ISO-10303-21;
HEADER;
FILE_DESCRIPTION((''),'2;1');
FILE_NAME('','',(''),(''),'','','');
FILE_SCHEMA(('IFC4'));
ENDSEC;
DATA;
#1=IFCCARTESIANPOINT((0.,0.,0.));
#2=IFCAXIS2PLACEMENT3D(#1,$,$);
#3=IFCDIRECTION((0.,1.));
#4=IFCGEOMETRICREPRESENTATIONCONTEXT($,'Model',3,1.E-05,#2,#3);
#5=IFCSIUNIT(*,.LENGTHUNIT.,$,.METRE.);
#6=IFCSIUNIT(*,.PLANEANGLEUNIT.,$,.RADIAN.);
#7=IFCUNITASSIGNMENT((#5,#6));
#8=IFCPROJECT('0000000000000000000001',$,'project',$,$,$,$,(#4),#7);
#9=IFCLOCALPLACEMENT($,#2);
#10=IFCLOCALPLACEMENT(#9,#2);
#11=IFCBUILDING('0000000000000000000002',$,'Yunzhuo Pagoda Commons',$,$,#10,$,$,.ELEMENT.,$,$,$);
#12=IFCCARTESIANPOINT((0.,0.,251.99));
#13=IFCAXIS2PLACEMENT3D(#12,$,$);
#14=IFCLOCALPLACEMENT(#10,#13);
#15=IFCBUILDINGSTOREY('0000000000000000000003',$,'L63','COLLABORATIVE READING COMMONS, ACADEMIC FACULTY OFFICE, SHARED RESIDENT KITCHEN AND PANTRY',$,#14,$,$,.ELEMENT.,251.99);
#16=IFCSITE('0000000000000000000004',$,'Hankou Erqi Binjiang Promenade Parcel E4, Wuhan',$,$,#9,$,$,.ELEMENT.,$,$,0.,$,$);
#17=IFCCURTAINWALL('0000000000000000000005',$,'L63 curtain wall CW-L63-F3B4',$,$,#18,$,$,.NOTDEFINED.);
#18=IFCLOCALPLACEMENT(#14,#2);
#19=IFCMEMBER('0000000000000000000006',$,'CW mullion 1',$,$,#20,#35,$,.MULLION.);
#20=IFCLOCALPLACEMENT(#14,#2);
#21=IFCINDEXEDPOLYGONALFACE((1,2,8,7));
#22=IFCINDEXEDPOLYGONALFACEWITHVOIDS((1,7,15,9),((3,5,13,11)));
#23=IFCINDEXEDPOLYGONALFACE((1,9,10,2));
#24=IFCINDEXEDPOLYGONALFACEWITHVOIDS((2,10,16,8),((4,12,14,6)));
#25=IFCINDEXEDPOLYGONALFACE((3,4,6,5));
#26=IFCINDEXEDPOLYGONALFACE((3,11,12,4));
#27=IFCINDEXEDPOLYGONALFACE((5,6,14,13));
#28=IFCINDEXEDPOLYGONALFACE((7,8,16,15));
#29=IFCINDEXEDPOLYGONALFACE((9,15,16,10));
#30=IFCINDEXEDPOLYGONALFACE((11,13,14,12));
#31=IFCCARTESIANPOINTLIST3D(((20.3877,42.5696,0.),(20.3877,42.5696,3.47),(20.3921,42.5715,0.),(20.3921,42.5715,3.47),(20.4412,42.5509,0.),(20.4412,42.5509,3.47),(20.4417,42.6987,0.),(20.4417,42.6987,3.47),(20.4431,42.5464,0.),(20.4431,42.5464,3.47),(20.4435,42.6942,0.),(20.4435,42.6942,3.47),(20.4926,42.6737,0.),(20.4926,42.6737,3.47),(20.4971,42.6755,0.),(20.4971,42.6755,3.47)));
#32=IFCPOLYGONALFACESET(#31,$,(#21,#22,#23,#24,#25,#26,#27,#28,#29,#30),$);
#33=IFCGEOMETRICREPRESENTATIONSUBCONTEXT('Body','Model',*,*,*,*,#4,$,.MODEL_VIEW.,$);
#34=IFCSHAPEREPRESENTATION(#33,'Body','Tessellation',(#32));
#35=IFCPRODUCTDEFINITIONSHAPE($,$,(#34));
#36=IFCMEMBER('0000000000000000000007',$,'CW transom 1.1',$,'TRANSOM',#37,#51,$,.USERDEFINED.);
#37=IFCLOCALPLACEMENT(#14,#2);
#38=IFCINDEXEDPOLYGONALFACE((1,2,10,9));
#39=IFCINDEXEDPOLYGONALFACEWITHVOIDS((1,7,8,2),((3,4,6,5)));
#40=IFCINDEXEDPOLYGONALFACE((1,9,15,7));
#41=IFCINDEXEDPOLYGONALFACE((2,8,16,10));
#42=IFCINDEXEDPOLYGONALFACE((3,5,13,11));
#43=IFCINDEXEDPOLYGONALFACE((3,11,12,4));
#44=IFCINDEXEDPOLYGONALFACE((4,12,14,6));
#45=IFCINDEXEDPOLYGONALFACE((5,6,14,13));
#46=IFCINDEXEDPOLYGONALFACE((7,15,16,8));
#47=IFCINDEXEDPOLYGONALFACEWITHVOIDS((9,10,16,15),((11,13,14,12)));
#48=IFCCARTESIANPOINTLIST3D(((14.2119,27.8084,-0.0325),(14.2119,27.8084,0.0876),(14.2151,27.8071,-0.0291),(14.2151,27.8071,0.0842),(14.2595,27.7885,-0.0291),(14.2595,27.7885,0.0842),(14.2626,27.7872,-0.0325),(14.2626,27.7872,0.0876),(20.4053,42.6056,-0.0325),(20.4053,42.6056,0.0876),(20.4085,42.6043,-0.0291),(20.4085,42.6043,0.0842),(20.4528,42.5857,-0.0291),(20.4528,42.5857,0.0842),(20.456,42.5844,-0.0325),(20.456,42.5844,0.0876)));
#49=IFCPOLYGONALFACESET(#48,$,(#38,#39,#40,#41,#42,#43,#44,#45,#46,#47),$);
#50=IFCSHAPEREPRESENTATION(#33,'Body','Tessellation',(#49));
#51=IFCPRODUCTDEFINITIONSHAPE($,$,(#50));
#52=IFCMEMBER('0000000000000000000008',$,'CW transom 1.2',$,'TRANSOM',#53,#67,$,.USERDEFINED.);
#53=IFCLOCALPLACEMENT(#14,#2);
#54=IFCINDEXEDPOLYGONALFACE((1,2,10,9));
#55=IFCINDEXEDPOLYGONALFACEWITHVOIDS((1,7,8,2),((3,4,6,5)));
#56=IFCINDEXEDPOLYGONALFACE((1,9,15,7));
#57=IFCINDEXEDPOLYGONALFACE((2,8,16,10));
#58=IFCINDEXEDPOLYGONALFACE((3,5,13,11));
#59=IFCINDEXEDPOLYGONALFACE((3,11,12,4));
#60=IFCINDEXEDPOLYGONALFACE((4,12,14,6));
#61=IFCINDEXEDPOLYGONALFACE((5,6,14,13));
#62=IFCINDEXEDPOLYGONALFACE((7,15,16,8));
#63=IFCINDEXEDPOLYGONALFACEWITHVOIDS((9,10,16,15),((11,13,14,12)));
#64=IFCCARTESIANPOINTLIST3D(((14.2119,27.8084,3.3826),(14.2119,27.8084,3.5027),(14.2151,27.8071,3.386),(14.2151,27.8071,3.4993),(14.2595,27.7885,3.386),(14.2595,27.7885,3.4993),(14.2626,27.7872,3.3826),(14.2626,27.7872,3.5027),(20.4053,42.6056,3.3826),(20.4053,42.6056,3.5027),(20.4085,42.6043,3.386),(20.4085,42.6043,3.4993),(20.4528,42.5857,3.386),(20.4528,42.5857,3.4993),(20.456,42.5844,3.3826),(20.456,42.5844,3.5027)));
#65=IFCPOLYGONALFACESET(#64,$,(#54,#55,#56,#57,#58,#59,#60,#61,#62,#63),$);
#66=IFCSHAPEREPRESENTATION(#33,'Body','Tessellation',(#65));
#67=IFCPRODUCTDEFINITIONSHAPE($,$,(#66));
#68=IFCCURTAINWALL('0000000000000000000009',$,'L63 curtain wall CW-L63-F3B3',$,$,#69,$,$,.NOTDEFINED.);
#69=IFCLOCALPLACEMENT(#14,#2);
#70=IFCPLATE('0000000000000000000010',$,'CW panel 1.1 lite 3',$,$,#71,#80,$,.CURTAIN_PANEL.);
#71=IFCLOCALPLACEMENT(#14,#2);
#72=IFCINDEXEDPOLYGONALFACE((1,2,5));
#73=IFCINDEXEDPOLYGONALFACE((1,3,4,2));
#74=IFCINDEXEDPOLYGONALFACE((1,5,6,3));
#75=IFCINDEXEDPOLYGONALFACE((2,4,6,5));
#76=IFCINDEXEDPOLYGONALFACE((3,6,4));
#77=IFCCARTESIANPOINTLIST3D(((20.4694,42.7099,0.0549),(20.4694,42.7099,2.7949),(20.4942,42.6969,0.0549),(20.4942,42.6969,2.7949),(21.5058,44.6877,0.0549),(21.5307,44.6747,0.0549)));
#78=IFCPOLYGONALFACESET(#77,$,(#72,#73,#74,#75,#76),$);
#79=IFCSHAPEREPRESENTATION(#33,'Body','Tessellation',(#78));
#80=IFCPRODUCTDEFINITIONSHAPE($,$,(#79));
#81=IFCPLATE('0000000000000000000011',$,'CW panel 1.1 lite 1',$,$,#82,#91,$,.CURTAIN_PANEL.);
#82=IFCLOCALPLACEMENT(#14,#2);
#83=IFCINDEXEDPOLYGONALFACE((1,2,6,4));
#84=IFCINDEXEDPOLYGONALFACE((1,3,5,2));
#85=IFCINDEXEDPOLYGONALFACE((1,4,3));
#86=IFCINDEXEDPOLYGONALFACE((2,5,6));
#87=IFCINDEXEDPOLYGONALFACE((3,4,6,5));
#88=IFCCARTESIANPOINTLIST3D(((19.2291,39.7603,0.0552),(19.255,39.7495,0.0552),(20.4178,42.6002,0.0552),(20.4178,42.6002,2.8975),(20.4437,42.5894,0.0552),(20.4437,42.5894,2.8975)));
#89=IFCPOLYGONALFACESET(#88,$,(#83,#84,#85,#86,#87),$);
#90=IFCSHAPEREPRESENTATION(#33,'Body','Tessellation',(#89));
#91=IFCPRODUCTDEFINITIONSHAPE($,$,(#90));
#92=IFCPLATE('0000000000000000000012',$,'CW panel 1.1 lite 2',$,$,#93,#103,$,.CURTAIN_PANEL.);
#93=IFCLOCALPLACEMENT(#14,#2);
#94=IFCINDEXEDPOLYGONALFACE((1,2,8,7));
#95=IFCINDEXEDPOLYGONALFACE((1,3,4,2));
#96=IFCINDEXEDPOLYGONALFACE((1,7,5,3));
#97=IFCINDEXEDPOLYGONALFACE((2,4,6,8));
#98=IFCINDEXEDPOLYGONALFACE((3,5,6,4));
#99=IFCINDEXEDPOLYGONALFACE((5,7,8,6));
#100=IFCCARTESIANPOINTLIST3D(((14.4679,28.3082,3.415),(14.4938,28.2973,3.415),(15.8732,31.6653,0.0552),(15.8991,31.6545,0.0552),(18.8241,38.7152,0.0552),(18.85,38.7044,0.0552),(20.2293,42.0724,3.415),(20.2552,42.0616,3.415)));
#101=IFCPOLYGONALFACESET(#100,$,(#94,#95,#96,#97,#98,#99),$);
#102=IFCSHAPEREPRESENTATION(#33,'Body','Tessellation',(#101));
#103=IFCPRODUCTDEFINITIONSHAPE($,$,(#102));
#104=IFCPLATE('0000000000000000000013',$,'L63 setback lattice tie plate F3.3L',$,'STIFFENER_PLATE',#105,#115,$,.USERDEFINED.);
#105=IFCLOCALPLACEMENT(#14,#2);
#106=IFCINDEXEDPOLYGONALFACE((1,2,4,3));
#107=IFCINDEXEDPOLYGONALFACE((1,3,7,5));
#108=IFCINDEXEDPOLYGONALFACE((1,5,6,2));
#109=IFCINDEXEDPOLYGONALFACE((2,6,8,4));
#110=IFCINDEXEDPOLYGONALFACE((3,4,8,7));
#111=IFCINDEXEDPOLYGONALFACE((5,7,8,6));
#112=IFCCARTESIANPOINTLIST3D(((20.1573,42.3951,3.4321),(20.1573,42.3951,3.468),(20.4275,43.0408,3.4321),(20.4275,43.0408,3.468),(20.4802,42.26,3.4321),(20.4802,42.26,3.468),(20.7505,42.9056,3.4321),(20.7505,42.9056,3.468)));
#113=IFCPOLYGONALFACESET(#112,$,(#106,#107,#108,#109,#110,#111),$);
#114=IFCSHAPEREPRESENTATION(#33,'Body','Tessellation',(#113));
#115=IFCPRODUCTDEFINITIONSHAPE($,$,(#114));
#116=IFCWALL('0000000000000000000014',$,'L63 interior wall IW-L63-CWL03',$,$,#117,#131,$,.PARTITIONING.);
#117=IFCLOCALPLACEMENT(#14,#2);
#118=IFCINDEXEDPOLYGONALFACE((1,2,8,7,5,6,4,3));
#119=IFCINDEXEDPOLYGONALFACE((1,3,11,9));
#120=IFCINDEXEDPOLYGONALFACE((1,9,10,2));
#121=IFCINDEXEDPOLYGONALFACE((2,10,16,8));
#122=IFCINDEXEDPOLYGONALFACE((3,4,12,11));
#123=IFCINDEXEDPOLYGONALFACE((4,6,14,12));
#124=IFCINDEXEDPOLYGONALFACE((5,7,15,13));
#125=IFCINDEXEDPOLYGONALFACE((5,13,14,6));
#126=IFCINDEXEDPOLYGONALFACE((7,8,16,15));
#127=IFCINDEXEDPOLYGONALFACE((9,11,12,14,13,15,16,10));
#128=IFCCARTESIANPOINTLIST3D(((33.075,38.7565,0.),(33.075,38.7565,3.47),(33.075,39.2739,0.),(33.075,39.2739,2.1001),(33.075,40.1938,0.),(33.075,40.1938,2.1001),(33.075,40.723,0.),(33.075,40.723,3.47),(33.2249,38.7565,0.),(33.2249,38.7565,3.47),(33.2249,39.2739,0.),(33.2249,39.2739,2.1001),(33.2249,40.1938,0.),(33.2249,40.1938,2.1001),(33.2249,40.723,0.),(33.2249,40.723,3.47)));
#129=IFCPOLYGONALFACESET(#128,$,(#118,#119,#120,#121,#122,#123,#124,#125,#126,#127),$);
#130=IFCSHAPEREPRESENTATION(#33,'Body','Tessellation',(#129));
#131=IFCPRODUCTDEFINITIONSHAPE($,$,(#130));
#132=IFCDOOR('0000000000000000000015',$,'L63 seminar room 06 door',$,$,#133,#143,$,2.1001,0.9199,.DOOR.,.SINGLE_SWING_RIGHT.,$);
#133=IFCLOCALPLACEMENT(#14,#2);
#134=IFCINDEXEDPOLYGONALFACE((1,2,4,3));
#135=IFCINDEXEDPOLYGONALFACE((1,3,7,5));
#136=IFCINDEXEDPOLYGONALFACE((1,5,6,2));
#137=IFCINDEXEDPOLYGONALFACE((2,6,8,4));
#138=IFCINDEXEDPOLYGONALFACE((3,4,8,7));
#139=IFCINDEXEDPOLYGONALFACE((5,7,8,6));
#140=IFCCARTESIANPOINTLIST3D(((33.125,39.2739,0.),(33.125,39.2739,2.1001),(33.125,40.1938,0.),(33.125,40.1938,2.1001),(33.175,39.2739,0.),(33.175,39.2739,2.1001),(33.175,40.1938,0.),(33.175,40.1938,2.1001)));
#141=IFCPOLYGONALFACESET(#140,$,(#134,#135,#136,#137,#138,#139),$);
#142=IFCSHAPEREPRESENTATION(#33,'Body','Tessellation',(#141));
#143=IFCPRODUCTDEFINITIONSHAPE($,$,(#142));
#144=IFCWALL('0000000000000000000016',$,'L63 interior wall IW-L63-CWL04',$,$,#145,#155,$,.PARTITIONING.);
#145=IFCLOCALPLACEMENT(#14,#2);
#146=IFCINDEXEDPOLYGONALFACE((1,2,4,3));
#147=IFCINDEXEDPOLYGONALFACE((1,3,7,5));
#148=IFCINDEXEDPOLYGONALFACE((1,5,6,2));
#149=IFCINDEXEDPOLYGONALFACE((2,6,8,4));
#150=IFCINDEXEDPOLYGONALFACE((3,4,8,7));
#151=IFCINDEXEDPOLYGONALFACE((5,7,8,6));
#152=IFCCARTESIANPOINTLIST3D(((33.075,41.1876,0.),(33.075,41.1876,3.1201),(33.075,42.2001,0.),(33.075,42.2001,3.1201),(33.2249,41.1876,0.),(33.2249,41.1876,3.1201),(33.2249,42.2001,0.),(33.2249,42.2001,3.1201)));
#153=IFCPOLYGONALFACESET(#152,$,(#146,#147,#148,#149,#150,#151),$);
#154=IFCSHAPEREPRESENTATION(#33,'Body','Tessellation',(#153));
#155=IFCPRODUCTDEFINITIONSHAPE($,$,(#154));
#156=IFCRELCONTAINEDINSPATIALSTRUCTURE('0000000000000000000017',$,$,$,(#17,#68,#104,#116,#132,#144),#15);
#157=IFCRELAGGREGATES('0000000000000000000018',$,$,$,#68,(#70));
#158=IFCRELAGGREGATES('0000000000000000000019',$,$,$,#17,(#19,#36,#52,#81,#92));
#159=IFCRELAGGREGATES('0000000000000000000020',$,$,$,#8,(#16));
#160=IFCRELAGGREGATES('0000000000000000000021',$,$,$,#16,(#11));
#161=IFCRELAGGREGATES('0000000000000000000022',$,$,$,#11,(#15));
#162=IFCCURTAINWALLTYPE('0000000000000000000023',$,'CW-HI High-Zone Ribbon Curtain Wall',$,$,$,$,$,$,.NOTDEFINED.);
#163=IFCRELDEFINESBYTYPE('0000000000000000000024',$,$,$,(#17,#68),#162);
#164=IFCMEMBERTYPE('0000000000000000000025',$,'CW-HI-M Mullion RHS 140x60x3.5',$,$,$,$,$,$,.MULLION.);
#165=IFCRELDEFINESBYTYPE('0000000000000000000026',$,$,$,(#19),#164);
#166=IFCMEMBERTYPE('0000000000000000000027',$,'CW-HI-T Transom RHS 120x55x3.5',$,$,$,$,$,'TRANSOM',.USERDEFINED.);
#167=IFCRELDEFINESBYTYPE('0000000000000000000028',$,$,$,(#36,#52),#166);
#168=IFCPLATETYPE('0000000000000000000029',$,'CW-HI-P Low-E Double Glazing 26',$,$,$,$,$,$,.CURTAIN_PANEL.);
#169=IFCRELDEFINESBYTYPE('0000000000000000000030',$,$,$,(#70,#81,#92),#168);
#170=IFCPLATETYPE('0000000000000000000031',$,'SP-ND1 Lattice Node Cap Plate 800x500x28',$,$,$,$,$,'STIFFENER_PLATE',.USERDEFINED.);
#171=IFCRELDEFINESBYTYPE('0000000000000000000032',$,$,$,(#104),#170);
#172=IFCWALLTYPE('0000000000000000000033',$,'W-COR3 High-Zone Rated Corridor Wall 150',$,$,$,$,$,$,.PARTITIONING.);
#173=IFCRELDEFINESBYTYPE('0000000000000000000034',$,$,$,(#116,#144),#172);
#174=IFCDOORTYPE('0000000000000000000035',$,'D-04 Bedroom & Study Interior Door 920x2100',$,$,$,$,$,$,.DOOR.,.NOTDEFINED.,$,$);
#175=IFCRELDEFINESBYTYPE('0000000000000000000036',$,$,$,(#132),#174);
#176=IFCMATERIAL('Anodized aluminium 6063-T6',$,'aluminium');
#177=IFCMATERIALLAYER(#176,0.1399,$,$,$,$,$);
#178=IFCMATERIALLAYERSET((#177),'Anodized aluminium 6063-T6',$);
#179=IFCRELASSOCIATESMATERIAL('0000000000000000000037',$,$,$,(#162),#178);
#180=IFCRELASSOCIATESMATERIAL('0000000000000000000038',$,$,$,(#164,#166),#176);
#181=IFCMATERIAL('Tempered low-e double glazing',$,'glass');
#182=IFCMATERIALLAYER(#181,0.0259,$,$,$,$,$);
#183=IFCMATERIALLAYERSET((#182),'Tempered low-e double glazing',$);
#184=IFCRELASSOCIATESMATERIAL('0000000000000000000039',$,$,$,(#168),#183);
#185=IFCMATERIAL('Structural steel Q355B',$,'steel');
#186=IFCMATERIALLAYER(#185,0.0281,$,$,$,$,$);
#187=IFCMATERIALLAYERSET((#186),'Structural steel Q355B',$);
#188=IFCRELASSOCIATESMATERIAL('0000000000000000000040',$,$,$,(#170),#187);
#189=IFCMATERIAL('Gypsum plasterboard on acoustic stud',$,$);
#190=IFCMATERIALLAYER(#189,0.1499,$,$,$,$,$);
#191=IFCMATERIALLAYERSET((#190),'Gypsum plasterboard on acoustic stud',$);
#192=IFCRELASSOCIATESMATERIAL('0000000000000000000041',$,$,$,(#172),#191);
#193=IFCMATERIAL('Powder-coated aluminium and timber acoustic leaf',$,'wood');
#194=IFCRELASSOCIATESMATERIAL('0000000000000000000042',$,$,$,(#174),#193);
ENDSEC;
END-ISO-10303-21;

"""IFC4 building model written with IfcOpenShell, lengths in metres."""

from ifc_helpers import new_model, si_unit, direction, frame, frame_2d, origin, origin_with_axes, origin_2d, place, context, subcontext, project, spatial, polyline, rectangle, hollow_rectangle, outline, extrude, source, transform, mapped, material, layer, layer_set, material_profile, profile_set, type_object, element, fill, aggregate, save


model = new_model("IFC4")

# Units and contexts
model_context = context("Model", 3, precision=1e-05, world=origin(), true_north=direction((0.0, 1.0)))
body_context = subcontext(model_context, "Body", "Model", "MODEL_VIEW")
ifc_project = project(units=[si_unit("LENGTHUNIT", "METRE"), si_unit("PLANEANGLEUNIT", "RADIAN")], contexts=[model_context])

# Site, building, storey
site_placement = place(None, origin())
site = spatial("IfcSite", under=ifc_project, at=site_placement, Name="Hankou Erqi Binjiang Promenade Parcel E4, Wuhan", CompositionType="ELEMENT", RefElevation=0.0)
building_placement = place(site_placement, origin())
building = spatial("IfcBuilding", under=site, at=building_placement, Name="Yunzhuo Pagoda Commons", CompositionType="ELEMENT")
storey_placement = place(building_placement, frame((0.0, 0.0, 251.99)))
storey = spatial("IfcBuildingStorey", under=building, at=storey_placement, Name="L63", Description="COLLABORATIVE READING COMMONS, ACADEMIC FACULTY OFFICE, SHARED RESIDENT KITCHEN AND PANTRY", CompositionType="ELEMENT", Elevation=251.99)

# Shared definitions
ifc_material_1 = material(Name="Structural steel Q355B", Category="steel")

# Curtain wall, members
ifc_material_2 = material(Name="Anodized aluminium 6063-T6", Category="aluminium")
ifc_layer_1 = layer(ifc_material_2, 0.1399)
ifc_layer_set_1 = layer_set([ifc_layer_1], Name="Anodized aluminium 6063-T6")
curtain_wall_type = type_object("IfcCurtainWallType", Name="CW-HI High-Zone Ribbon Curtain Wall", PredefinedType="NOTDEFINED", material=ifc_layer_set_1)
curtain_wall_1_placement = place(storey_placement, origin())
curtain_wall_1 = element("IfcCurtainWall", 1, at=curtain_wall_1_placement, inside=storey, type_object=curtain_wall_type, Name="L63 curtain wall CW-L63-F3B4", PredefinedType="NOTDEFINED")
ifc_material_profile_1 = material_profile(ifc_material_2, hollow_rectangle(XDim=0.0601, YDim=0.1399, WallThickness=0.0034, at=origin_2d()), Name="Anodized aluminium 6063-T6")
ifc_profile_set_1 = profile_set([ifc_material_profile_1], Name="Anodized aluminium 6063-T6")
member_type_1 = type_object("IfcMemberType", Name="CW-HI-M Mullion RHS 140x60x3.5", PredefinedType="MULLION", material=ifc_profile_set_1)
shared_shape_1 = source(origin(), body_context, "Body", "SweptSolid", [
    extrude(hollow_rectangle(XDim=0.0601, YDim=0.1399, WallThickness=0.0034, at=origin_2d()), origin(), (0.0, 0.0, 1.0), 3.47),
])
member_1_placement = place(storey_placement, frame((20.4424, 42.6226, 0.0), z_axis=(0.0, 0.0, 1.0), x_axis=(0.922451, -0.386115, 0.0)))
member_1 = element("IfcMember", 2, at=member_1_placement, type_object=member_type_1, Name="CW mullion 1", PredefinedType="MULLION", context=body_context, shape_type="MappedRepresentation", body=[
    mapped(shared_shape_1, transform((0.0, 0.0, 0.0), scale=1.0)),
])
ifc_material_profile_2 = material_profile(ifc_material_2, hollow_rectangle(XDim=0.0549, YDim=0.1201, WallThickness=0.0034, at=origin_2d()), Name="Anodized aluminium 6063-T6")
ifc_profile_set_2 = profile_set([ifc_material_profile_2], Name="Anodized aluminium 6063-T6")
member_type_2 = type_object("IfcMemberType", Name="CW-HI-T Transom RHS 120x55x3.5", ElementType="TRANSOM", PredefinedType="USERDEFINED", material=ifc_profile_set_2)
shared_shape_2 = source(origin(), body_context, "Body", "SweptSolid", [
    extrude(hollow_rectangle(XDim=0.0549, YDim=0.1201, WallThickness=0.0034, at=origin_2d()), origin(), (0.0, 0.0, 1.0), 16.041),
])
member_2_placement = place(storey_placement, frame((20.4307, 42.595, 0.0276), z_axis=(-0.386097, -0.922458, 0.0), x_axis=(0.922458, -0.386097, 0.0)))
member_2 = element("IfcMember", 3, at=member_2_placement, type_object=member_type_2, Name="CW transom 1.1", ObjectType="TRANSOM", PredefinedType="USERDEFINED", context=body_context, shape_type="MappedRepresentation", body=[
    mapped(shared_shape_2, transform((0.0, 0.0, 0.0), scale=1.0)),
])
member_3_placement = place(storey_placement, frame((20.4307, 42.595, 3.4426), z_axis=(-0.386097, -0.922458, 0.0), x_axis=(0.922458, -0.386097, 0.0)))
member_3 = element("IfcMember", 4, at=member_3_placement, type_object=member_type_2, Name="CW transom 1.2", ObjectType="TRANSOM", PredefinedType="USERDEFINED", context=body_context, shape_type="MappedRepresentation", body=[
    mapped(shared_shape_2, transform((0.0, 0.0, 0.0), scale=1.0)),
])

# Curtain wall, plate
curtain_wall_2_placement = place(storey_placement, origin())
curtain_wall_2 = element("IfcCurtainWall", 5, at=curtain_wall_2_placement, inside=storey, type_object=curtain_wall_type, Name="L63 curtain wall CW-L63-F3B3", PredefinedType="NOTDEFINED")
ifc_material_3 = material(Name="Tempered low-e double glazing", Category="glass")
ifc_layer_2 = layer(ifc_material_3, 0.0259)
ifc_layer_set_2 = layer_set([ifc_layer_2], Name="Tempered low-e double glazing")
plate_type_1 = type_object("IfcPlateType", Name="CW-HI-P Low-E Double Glazing 26", PredefinedType="CURTAIN_PANEL", material=ifc_layer_set_2)
plate_1_placement = place(storey_placement, frame((21.0125, 43.6858, 1.4248), z_axis=(-0.885743, 0.464176, 0.0), x_axis=(-0.464176, -0.885743, 0.0)))
plate_1 = element("IfcPlate", 6, at=plate_1_placement, type_object=plate_type_1, Name="CW panel 1.1 lite 3", PredefinedType="CURTAIN_PANEL", context=body_context, shape_type="SweptSolid", body=[
    extrude(outline(polyline([(-1.1165, -1.3699), (1.1165, -1.3699), (1.1165, 1.3701), (-1.1165, -1.3699)])), origin(), (0.0, 0.0, 1.0), 0.0281),
])
aggregate(curtain_wall_2, [plate_1])

# Plates
plate_2_placement = place(storey_placement, frame((19.8494, 41.1694, 1.4763), z_axis=(-0.922451, 0.386115, 0.0), x_axis=(-0.386115, -0.922451, 0.0)))
plate_2 = element("IfcPlate", 7, at=plate_2_placement, type_object=plate_type_1, Name="CW panel 1.1 lite 1", PredefinedType="CURTAIN_PANEL", context=body_context, shape_type="SweptSolid", body=[
    extrude(outline(polyline([(-1.5393, -1.4211), (1.5393, -1.4211), (-1.5393, 1.4211), (-1.5393, -1.4211)])), origin(), (0.0, 0.0, 1.0), 0.0281),
])
plate_3_placement = place(storey_placement, frame((17.3745, 35.1794, 1.7351), z_axis=(-0.922451, 0.386115, 0.0), x_axis=(-0.386115, -0.922451, 0.0)))
plate_3 = element("IfcPlate", 8, at=plate_3_placement, type_object=plate_type_1, Name="CW panel 1.1 lite 2", PredefinedType="CURTAIN_PANEL", context=body_context, shape_type="SweptSolid", body=[
    extrude(outline(polyline([(-7.4607, 1.6799), (-3.8213, -1.6799), (3.8213, -1.6799), (7.4607, 1.6799), (-7.4607, 1.6799)])), origin(), (0.0, 0.0, 1.0), 0.0281),
])
aggregate(curtain_wall_1, [member_1, member_2, member_3, plate_2, plate_3])
ifc_layer_3 = layer(ifc_material_1, 0.0281)
ifc_layer_set_3 = layer_set([ifc_layer_3], Name="Structural steel Q355B")
plate_type_2 = type_object("IfcPlateType", Name="SP-ND1 Lattice Node Cap Plate 800x500x28", ElementType="STIFFENER_PLATE", PredefinedType="USERDEFINED", material=ifc_layer_set_3)
shared_shape_3 = source(origin(), body_context, "Body", "SweptSolid", [
    extrude(rectangle(XDim=0.7, YDim=0.3501, at=origin_2d()), origin(), (0.0, 0.0, 1.0), 0.0359),
])
plate_4_placement = place(storey_placement, frame((20.4539, 42.6504, 3.4321), z_axis=(0.0, 0.0, 1.0), x_axis=(-0.386115, -0.922451, 0.0)))
element("IfcPlate", 9, at=plate_4_placement, inside=storey, type_object=plate_type_2, Name="L63 setback lattice tie plate F3.3L", ObjectType="STIFFENER_PLATE", PredefinedType="USERDEFINED", context=body_context, shape_type="MappedRepresentation", body=[
    mapped(shared_shape_3, transform((0.0, 0.0, 0.0), scale=1.0)),
])

# Wall, opening, door
ifc_material_4 = material(Name="Gypsum plasterboard on acoustic stud")
ifc_layer_4 = layer(ifc_material_4, 0.1499)
ifc_layer_set_4 = layer_set([ifc_layer_4], Name="Gypsum plasterboard on acoustic stud")
wall_type_1 = type_object("IfcWallType", Name="W-COR3 High-Zone Rated Corridor Wall 150", PredefinedType="PARTITIONING", material=ifc_layer_set_4)
wall_1_placement = place(storey_placement, frame((33.1499, 38.7563, 0.0), z_axis=(0.0, 0.0, 1.0), x_axis=(0.0, 1.0, 0.0)))
wall_1 = element("IfcWall", 10, at=wall_1_placement, inside=storey, type_object=wall_type_1, Name="L63 interior wall IW-L63-CWL03", PredefinedType="PARTITIONING", context=body_context, shape_type="SweptSolid", body=[
    extrude(rectangle(XDim=1.9666, YDim=0.1499, at=frame_2d((0.9834, 0.0))), origin(), (0.0, 0.0, 1.0), 3.47),
])
opening_1_placement = place(wall_1_placement, frame((0.5176, 0.0, 0.0)))
opening_1 = element("IfcOpeningElement", 11, at=opening_1_placement, cuts=wall_1, PredefinedType="OPENING", context=body_context, shape_type="SweptSolid", body=[
    extrude(rectangle(XDim=0.9199, YDim=2.1001, at=frame_2d((0.46, 1.05))), frame((0.0, 0.085, 0.0), z_axis=(0.0, -1.0, 0.0), x_axis=(1.0, 0.0, 0.0)), (0.0, 0.0, 1.0), 0.1699),
])
ifc_material_5 = material(Name="Powder-coated aluminium and timber acoustic leaf", Category="wood")
door_type_1 = type_object("IfcDoorType", Name="D-04 Bedroom & Study Interior Door 920x2100", OperationType="NOTDEFINED", PredefinedType="DOOR", material=ifc_material_5)
shared_shape_4 = source(origin(), body_context, "Body", "SweptSolid", [
    extrude(rectangle(XDim=0.9199, YDim=2.1001, at=frame_2d((0.46, 1.05))), frame((0.0, 0.0249, 0.0), z_axis=(0.0, -1.0, 0.0), x_axis=(1.0, 0.0, 0.0)), (0.0, 0.0, 1.0), 0.05),
])
door_1_placement = place(opening_1_placement, origin_with_axes())
door_1 = element("IfcDoor", 12, at=door_1_placement, inside=storey, type_object=door_type_1, Name="L63 seminar room 06 door", OperationType="SINGLE_SWING_RIGHT", OverallHeight=2.1001, OverallWidth=0.9199, PredefinedType="DOOR", context=body_context, shape_type="MappedRepresentation", body=[
    mapped(shared_shape_4, transform((0.0, 0.0, 0.0), scale=1.0)),
])
fill(opening_1, door_1)

# Wall
wall_2_placement = place(storey_placement, frame((33.1499, 41.1875, 0.0), z_axis=(0.0, 0.0, 1.0), x_axis=(0.0, 1.0, 0.0)))
element("IfcWall", 13, at=wall_2_placement, inside=storey, type_object=wall_type_1, Name="L63 interior wall IW-L63-CWL04", PredefinedType="PARTITIONING", context=body_context, shape_type="SweptSolid", body=[
    extrude(rectangle(XDim=1.0125, YDim=0.1499, at=frame_2d((0.5063, 0.0))), origin(), (0.0, 0.0, 1.0), 3.1201),
])

save(model, "model.ifc")
